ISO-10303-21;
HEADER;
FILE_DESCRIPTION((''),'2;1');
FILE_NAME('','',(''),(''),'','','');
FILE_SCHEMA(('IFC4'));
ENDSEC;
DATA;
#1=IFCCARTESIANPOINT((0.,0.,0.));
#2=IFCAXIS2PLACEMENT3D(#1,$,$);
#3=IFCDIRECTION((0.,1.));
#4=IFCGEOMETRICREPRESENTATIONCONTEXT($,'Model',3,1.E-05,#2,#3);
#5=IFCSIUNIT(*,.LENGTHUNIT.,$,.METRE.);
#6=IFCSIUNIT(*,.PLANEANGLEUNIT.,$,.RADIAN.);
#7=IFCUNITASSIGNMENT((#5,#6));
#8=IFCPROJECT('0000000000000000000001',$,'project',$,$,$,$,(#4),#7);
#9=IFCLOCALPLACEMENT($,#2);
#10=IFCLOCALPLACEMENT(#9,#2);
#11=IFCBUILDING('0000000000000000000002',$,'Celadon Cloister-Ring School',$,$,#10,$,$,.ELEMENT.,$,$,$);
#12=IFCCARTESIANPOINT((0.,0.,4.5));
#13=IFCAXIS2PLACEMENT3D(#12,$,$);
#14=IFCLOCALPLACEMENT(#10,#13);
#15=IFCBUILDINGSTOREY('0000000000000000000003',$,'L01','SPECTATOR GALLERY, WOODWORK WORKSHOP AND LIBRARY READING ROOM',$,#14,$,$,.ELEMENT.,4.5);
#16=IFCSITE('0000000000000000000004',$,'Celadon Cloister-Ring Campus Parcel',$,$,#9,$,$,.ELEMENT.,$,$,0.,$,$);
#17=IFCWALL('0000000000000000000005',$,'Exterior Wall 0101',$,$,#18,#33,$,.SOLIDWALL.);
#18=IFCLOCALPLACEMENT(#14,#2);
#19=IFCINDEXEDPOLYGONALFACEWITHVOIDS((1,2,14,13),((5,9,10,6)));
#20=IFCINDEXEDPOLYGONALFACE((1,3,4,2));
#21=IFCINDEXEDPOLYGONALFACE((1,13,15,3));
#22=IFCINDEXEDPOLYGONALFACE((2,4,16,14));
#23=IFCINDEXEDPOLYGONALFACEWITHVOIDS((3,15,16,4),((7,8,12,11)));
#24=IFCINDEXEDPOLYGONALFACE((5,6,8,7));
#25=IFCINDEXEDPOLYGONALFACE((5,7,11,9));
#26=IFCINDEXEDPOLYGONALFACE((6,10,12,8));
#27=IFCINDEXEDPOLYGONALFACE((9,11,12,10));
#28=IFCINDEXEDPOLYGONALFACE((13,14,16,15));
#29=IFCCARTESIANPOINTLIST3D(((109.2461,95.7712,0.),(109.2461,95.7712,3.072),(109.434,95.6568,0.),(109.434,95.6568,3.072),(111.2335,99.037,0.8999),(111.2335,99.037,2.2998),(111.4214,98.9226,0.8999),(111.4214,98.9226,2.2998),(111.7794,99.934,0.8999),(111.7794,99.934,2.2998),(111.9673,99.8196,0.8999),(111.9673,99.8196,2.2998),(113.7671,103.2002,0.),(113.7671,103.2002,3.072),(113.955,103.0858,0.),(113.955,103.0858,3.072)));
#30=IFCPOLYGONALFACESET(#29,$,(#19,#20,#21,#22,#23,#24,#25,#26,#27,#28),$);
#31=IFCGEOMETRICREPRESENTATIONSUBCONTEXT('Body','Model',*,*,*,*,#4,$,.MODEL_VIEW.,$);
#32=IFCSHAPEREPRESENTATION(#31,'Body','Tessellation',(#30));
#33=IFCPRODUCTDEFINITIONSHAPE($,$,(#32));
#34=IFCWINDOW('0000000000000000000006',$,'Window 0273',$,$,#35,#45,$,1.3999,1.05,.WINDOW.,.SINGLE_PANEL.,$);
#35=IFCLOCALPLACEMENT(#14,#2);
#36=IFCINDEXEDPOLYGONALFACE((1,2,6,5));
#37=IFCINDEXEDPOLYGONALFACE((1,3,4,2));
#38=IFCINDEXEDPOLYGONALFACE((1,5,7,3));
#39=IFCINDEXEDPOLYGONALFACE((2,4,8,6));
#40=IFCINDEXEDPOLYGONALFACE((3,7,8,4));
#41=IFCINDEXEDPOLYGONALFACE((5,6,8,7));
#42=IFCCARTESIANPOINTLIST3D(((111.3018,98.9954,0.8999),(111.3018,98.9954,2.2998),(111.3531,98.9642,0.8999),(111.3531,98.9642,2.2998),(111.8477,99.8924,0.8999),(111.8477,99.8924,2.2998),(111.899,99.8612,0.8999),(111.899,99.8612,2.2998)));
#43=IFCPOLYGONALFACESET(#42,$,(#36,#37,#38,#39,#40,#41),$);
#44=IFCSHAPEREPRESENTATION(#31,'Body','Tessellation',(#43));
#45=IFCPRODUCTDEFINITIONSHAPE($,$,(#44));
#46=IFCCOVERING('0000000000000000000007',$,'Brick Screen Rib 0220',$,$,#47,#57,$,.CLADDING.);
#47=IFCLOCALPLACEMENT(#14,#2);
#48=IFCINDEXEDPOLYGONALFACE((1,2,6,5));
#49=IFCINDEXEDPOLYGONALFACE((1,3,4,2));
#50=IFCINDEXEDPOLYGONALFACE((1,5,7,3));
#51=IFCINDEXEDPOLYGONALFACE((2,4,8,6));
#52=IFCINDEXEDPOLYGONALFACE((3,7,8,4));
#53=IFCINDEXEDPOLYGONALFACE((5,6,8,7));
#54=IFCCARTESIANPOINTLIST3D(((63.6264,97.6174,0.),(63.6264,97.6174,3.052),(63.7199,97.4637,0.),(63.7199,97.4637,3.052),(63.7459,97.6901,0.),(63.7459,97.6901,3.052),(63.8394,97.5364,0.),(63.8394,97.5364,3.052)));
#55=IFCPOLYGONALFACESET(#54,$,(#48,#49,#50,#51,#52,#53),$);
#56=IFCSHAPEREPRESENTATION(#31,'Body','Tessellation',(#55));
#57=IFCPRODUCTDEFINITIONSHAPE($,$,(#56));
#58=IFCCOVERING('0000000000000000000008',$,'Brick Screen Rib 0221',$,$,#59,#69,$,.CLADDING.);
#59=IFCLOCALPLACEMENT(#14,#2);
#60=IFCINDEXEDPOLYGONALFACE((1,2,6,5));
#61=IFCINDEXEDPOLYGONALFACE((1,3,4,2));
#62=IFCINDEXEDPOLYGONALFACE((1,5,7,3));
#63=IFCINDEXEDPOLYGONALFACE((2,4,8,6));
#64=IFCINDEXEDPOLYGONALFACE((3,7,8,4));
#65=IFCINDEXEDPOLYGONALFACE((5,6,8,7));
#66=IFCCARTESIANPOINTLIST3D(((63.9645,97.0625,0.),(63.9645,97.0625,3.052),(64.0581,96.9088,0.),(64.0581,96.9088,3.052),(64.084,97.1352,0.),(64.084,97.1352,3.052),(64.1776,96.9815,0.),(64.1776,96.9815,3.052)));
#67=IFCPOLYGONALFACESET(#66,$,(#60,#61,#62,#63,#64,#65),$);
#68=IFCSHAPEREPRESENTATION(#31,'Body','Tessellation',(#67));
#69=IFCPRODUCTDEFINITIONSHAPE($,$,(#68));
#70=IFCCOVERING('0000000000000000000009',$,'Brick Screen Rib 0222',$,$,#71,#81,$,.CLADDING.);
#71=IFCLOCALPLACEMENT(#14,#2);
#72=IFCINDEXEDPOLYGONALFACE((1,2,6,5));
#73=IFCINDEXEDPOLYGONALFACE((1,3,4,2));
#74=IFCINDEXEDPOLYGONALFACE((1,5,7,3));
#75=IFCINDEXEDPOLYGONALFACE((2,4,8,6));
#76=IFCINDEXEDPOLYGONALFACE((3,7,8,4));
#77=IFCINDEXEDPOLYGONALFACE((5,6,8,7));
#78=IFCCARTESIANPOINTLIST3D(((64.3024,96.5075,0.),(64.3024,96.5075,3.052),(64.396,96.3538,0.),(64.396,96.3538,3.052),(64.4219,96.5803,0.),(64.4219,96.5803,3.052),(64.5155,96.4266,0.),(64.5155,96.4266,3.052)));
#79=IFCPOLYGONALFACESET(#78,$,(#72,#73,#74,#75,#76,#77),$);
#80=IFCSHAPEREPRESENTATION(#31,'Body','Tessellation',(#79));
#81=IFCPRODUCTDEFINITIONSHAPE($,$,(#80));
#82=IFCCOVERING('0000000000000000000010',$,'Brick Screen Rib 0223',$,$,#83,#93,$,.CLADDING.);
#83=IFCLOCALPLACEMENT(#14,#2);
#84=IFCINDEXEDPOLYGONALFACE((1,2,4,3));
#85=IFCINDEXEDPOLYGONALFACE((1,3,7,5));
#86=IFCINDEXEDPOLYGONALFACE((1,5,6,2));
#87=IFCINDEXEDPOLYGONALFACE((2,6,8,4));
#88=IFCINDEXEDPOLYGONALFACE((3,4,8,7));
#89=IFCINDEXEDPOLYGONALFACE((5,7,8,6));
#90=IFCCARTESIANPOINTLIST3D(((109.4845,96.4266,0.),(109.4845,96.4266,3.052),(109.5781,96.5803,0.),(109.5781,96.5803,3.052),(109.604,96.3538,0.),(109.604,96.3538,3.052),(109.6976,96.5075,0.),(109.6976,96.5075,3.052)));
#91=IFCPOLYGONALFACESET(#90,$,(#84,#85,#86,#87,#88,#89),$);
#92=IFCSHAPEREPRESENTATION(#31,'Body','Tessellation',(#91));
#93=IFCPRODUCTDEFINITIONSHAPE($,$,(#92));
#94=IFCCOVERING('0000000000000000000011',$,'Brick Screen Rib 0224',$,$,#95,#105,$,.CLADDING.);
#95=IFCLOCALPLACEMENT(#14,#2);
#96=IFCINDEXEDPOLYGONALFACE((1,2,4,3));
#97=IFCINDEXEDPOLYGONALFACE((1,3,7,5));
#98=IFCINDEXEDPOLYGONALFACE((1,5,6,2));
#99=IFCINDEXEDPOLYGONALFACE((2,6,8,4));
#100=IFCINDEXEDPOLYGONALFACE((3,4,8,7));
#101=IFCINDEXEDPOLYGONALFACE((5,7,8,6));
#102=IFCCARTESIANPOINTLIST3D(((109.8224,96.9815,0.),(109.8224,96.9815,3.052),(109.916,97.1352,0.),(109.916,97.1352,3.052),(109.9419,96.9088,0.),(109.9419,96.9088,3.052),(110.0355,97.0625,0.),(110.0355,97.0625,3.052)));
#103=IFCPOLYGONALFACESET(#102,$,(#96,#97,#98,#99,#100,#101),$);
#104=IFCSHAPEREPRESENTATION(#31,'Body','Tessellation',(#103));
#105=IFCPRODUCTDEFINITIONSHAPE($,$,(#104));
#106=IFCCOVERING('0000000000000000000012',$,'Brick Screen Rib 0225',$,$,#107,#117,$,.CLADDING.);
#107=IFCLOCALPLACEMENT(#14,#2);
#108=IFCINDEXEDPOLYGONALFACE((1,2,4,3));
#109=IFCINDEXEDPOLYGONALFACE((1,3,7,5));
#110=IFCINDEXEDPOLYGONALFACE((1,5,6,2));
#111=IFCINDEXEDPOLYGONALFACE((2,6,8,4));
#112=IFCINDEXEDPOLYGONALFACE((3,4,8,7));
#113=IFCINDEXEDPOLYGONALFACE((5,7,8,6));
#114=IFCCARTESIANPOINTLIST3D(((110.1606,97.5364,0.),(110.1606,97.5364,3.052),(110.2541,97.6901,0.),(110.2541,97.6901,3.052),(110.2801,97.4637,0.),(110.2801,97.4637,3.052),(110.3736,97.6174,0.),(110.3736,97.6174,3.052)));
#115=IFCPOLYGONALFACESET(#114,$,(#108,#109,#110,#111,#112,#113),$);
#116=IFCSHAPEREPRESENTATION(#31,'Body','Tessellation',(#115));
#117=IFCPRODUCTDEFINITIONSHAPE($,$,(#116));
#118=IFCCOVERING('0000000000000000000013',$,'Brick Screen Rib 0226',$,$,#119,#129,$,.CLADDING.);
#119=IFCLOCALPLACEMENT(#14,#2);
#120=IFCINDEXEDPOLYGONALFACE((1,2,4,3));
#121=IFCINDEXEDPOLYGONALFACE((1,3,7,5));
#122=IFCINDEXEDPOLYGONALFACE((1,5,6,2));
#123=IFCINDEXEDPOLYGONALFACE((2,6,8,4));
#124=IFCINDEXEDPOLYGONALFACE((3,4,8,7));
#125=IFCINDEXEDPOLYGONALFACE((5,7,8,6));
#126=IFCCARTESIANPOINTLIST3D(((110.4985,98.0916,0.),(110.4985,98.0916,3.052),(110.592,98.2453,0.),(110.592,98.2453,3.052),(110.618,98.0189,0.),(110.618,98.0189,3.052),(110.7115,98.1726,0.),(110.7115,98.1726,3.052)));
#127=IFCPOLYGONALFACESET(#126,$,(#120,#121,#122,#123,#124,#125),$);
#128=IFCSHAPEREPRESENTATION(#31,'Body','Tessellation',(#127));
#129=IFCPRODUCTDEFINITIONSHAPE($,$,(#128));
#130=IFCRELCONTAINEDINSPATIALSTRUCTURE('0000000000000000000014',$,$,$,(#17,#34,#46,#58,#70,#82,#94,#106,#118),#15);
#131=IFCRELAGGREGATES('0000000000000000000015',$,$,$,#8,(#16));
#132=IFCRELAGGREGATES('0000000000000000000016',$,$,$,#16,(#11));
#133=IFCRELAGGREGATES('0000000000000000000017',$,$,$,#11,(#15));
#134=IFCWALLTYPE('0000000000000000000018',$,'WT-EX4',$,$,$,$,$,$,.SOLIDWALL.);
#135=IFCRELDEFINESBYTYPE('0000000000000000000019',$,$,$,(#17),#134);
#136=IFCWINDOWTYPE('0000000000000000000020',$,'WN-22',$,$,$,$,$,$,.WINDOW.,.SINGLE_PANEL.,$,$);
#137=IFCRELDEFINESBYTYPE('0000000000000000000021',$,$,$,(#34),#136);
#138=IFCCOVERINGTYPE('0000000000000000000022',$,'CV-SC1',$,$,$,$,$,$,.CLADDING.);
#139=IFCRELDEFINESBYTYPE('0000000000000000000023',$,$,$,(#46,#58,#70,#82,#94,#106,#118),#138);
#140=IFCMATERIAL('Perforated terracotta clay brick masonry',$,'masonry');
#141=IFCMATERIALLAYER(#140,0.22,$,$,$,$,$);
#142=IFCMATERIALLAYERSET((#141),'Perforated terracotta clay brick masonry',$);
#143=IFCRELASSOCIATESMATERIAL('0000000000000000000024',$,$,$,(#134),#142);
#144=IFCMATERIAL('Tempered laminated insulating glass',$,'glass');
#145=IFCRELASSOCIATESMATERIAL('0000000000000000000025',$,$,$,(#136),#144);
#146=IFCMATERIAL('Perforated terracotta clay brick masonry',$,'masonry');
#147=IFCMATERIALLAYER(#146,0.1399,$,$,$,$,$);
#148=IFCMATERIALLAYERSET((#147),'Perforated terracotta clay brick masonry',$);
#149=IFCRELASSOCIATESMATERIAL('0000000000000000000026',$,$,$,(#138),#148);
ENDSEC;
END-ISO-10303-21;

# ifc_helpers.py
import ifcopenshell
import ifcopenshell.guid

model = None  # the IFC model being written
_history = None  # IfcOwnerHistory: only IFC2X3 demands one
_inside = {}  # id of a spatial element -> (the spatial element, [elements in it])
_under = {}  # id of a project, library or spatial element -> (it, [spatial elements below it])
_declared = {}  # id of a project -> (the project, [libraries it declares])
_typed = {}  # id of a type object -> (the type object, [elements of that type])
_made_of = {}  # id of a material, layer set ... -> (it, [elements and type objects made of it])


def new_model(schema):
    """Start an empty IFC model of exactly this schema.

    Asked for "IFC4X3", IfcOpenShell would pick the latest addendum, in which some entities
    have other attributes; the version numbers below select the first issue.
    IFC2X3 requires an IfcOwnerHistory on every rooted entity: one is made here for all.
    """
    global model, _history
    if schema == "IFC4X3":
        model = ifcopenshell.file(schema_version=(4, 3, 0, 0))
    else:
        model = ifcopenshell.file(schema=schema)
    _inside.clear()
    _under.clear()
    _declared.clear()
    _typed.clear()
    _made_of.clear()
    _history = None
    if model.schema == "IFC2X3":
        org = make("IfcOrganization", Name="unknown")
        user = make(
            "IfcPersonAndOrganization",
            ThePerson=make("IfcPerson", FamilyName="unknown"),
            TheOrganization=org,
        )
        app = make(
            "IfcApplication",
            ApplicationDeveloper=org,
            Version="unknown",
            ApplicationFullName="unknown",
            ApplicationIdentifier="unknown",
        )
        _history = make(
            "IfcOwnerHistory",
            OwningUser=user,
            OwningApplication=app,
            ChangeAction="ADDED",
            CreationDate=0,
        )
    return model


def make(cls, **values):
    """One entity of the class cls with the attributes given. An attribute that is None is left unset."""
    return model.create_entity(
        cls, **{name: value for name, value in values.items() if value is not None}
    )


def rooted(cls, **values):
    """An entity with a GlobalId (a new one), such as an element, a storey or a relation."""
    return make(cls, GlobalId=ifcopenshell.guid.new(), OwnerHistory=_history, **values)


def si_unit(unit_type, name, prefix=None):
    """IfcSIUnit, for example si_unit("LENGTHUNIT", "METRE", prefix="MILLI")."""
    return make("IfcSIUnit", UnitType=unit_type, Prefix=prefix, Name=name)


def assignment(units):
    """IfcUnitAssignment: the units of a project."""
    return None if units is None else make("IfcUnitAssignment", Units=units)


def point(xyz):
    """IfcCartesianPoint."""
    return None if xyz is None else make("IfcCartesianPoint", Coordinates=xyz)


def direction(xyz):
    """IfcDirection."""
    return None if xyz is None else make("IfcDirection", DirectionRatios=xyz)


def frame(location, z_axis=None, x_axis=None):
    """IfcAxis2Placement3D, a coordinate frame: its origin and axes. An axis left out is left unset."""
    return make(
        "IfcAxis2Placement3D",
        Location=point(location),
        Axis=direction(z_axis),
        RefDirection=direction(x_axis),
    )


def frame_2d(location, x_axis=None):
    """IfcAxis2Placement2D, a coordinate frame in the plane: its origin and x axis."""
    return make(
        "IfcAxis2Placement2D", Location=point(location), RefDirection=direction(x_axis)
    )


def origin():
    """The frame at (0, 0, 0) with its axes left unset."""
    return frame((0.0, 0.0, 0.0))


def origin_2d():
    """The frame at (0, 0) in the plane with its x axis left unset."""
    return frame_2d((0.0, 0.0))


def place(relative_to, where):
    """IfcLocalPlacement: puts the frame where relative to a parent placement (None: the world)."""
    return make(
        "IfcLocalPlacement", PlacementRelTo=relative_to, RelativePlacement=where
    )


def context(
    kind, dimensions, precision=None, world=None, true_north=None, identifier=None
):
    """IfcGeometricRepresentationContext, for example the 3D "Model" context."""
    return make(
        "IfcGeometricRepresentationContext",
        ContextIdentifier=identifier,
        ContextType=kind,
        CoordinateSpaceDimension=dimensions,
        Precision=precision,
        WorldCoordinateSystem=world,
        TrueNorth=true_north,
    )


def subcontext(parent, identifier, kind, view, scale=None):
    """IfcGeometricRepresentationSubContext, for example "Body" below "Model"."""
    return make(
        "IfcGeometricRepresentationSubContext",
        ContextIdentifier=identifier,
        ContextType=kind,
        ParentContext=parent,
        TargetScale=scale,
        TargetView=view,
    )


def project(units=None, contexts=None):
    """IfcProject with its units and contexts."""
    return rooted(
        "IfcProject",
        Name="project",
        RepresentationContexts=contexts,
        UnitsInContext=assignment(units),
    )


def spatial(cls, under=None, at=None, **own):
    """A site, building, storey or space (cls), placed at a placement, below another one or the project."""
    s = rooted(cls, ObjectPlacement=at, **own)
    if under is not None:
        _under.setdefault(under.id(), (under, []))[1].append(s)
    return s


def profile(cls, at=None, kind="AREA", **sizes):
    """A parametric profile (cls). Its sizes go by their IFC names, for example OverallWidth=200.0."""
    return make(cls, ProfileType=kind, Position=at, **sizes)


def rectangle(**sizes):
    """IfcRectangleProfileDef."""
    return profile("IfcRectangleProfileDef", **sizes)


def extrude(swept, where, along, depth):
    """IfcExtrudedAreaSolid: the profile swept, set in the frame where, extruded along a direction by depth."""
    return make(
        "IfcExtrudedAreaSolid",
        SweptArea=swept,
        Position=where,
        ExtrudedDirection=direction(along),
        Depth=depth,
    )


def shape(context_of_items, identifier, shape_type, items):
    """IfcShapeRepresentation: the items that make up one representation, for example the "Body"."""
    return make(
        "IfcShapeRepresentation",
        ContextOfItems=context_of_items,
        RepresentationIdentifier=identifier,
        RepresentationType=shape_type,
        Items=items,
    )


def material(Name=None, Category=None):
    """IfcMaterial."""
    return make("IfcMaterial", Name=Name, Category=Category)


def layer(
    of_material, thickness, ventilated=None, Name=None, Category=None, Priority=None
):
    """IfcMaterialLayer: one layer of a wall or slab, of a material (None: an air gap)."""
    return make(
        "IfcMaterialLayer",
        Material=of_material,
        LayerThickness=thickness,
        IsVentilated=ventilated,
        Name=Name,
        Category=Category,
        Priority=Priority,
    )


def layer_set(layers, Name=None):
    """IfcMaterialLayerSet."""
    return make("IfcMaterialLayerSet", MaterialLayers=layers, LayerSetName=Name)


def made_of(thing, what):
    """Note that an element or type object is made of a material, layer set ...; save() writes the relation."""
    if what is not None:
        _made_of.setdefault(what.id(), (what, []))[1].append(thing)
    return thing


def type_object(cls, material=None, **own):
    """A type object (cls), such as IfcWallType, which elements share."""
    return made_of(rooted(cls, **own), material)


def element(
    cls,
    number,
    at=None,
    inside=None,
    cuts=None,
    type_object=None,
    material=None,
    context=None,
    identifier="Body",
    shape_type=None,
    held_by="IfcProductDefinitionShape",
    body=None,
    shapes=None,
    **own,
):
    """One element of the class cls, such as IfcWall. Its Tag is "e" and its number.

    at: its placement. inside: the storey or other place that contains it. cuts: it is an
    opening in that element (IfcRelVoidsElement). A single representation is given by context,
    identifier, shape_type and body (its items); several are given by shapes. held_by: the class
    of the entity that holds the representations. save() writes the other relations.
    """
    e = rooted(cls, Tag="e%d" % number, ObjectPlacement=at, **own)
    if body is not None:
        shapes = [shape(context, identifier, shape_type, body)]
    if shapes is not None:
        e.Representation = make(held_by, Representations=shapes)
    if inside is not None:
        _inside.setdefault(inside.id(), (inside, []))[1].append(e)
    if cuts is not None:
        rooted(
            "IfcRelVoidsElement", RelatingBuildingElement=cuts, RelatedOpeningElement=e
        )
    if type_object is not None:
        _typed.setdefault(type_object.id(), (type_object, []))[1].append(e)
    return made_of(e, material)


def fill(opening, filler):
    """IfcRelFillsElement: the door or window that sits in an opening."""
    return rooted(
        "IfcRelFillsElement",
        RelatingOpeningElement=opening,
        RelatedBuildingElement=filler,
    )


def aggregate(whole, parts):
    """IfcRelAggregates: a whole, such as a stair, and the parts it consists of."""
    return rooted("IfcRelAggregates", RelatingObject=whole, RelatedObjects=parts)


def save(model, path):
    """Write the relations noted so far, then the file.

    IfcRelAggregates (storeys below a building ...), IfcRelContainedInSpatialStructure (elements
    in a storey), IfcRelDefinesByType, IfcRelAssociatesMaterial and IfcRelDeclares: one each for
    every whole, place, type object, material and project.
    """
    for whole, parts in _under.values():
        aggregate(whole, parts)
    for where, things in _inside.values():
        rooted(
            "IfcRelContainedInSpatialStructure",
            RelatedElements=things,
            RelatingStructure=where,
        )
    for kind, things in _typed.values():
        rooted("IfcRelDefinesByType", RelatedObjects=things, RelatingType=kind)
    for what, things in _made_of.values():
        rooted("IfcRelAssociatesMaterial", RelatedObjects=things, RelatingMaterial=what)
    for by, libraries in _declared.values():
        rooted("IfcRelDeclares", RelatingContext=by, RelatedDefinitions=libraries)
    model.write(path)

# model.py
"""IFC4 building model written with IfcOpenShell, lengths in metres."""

from ifc_helpers import new_model, si_unit, direction, frame, frame_2d, origin, origin_2d, place, context, subcontext, project, spatial, rectangle, extrude, material, layer, layer_set, type_object, element, fill, save


model = new_model("IFC4")

# Units and contexts
model_context = context("Model", 3, precision=1e-05, world=origin(), true_north=direction((0.0, 1.0)))
body_context = subcontext(model_context, "Body", "Model", "MODEL_VIEW")
ifc_project = project(units=[si_unit("LENGTHUNIT", "METRE"), si_unit("PLANEANGLEUNIT", "RADIAN")], contexts=[model_context])

# Site, building, storey
site_placement = place(None, origin())
site = spatial("IfcSite", under=ifc_project, at=site_placement, Name="Celadon Cloister-Ring Campus Parcel", CompositionType="ELEMENT", RefElevation=0.0)
building_placement = place(site_placement, origin())
building = spatial("IfcBuilding", under=site, at=building_placement, Name="Celadon Cloister-Ring School", CompositionType="ELEMENT")
storey_placement = place(building_placement, frame((0.0, 0.0, 4.5)))
storey = spatial("IfcBuildingStorey", under=building, at=storey_placement, Name="L01", Description="SPECTATOR GALLERY, WOODWORK WORKSHOP AND LIBRARY READING ROOM", CompositionType="ELEMENT", Elevation=4.5)

# Wall, opening, window
ifc_material_1 = material(Name="Perforated terracotta clay brick masonry", Category="masonry")
ifc_layer_1 = layer(ifc_material_1, 0.22)
ifc_layer_set_1 = layer_set([ifc_layer_1], Name="Perforated terracotta clay brick masonry")
wall_type_1 = type_object("IfcWallType", Name="WT-EX4", PredefinedType="SOLIDWALL", material=ifc_layer_set_1)
wall_1_placement = place(storey_placement, frame((109.3401, 95.7141, 0.0), z_axis=(0.0, 0.0, 1.0), x_axis=(0.519865, 0.854248, 0.0)))
wall_1 = element("IfcWall", 1, at=wall_1_placement, inside=storey, type_object=wall_type_1, Name="Exterior Wall 0101", PredefinedType="SOLIDWALL", context=body_context, shape_type="SweptSolid", body=[
    extrude(rectangle(XDim=8.6965, YDim=0.22, at=frame_2d((4.3481, 0.0))), origin(), (0.0, 0.0, 1.0), 3.072),
])
opening_1_placement = place(wall_1_placement, frame((3.823, 0.0, 0.8999)))
opening_1 = element("IfcOpeningElement", 2, at=opening_1_placement, cuts=wall_1, PredefinedType="OPENING", context=body_context, shape_type="SweptSolid", body=[
    extrude(rectangle(XDim=1.05, YDim=1.3999, at=frame_2d((0.5249, 0.7))), frame((0.0, 0.1201, 0.0), z_axis=(0.0, -1.0, 0.0), x_axis=(1.0, 0.0, 0.0)), (0.0, 0.0, 1.0), 0.24),
])
ifc_material_2 = material(Name="Tempered laminated insulating glass", Category="glass")
window_type_1 = type_object("IfcWindowType", Name="WN-22", PartitioningType="SINGLE_PANEL", PredefinedType="WINDOW", material=ifc_material_2)
window_1_placement = place(opening_1_placement, origin())
window_1 = element("IfcWindow", 3, at=window_1_placement, inside=storey, type_object=window_type_1, Name="Window 0273", OverallHeight=1.3999, OverallWidth=1.05, PartitioningType="SINGLE_PANEL", PredefinedType="WINDOW", context=body_context, shape_type="SweptSolid", body=[
    extrude(rectangle(XDim=1.05, YDim=1.3999, at=frame_2d((0.5249, 0.7))), frame((0.0, 0.03, 0.0), z_axis=(0.0, -1.0, 0.0), x_axis=(1.0, 0.0, 0.0)), (0.0, 0.0, 1.0), 0.0601),
])
fill(opening_1, window_1)

# Coverings
ifc_material_3 = material(Name="Perforated terracotta clay brick masonry", Category="masonry")
ifc_layer_2 = layer(ifc_material_3, 0.1399)
ifc_layer_set_2 = layer_set([ifc_layer_2], Name="Perforated terracotta clay brick masonry")
covering_type = type_object("IfcCoveringType", Name="CV-SC1", PredefinedType="CLADDING", material=ifc_layer_set_2)
for number, where, z_axis, x_axis, name in (
    (4, (63.7329, 97.5769, 0.0), (0.0, 0.0, 1.0), (0.519862, -0.85425, 0.0), "Brick Screen Rib 0220"),
    (5, (64.071, 97.022, 0.0), (0.0, 0.0, 1.0), (0.519862, -0.85425, 0.0), "Brick Screen Rib 0221"),
    (6, (64.4089, 96.467, 0.0), (0.0, 0.0, 1.0), (0.519862, -0.85425, 0.0), "Brick Screen Rib 0222"),
    (7, (109.5911, 96.467, 0.0), (0.0, 0.0, 1.0), (0.519862, 0.85425, 0.0), "Brick Screen Rib 0223"),
    (8, (109.929, 97.022, 0.0), (0.0, 0.0, 1.0), (0.519862, 0.85425, 0.0), "Brick Screen Rib 0224"),
    (9, (110.2671, 97.5769, 0.0), (0.0, 0.0, 1.0), (0.519862, 0.85425, 0.0), "Brick Screen Rib 0225"),
    (10, (110.605, 98.1321, 0.0), (0.0, 0.0, 1.0), (0.519862, 0.85425, 0.0), "Brick Screen Rib 0226"),
):
    element("IfcCovering", number, at=place(storey_placement, frame(where, z_axis=z_axis, x_axis=x_axis)), inside=storey, type_object=covering_type, Name=name, PredefinedType="CLADDING", context=body_context, shape_type="SweptSolid", body=[
        extrude(rectangle(XDim=0.1799, YDim=0.1399, at=origin_2d()), origin(), (0.0, 0.0, 1.0), 3.052),
    ])

save(model, "model.ifc")
